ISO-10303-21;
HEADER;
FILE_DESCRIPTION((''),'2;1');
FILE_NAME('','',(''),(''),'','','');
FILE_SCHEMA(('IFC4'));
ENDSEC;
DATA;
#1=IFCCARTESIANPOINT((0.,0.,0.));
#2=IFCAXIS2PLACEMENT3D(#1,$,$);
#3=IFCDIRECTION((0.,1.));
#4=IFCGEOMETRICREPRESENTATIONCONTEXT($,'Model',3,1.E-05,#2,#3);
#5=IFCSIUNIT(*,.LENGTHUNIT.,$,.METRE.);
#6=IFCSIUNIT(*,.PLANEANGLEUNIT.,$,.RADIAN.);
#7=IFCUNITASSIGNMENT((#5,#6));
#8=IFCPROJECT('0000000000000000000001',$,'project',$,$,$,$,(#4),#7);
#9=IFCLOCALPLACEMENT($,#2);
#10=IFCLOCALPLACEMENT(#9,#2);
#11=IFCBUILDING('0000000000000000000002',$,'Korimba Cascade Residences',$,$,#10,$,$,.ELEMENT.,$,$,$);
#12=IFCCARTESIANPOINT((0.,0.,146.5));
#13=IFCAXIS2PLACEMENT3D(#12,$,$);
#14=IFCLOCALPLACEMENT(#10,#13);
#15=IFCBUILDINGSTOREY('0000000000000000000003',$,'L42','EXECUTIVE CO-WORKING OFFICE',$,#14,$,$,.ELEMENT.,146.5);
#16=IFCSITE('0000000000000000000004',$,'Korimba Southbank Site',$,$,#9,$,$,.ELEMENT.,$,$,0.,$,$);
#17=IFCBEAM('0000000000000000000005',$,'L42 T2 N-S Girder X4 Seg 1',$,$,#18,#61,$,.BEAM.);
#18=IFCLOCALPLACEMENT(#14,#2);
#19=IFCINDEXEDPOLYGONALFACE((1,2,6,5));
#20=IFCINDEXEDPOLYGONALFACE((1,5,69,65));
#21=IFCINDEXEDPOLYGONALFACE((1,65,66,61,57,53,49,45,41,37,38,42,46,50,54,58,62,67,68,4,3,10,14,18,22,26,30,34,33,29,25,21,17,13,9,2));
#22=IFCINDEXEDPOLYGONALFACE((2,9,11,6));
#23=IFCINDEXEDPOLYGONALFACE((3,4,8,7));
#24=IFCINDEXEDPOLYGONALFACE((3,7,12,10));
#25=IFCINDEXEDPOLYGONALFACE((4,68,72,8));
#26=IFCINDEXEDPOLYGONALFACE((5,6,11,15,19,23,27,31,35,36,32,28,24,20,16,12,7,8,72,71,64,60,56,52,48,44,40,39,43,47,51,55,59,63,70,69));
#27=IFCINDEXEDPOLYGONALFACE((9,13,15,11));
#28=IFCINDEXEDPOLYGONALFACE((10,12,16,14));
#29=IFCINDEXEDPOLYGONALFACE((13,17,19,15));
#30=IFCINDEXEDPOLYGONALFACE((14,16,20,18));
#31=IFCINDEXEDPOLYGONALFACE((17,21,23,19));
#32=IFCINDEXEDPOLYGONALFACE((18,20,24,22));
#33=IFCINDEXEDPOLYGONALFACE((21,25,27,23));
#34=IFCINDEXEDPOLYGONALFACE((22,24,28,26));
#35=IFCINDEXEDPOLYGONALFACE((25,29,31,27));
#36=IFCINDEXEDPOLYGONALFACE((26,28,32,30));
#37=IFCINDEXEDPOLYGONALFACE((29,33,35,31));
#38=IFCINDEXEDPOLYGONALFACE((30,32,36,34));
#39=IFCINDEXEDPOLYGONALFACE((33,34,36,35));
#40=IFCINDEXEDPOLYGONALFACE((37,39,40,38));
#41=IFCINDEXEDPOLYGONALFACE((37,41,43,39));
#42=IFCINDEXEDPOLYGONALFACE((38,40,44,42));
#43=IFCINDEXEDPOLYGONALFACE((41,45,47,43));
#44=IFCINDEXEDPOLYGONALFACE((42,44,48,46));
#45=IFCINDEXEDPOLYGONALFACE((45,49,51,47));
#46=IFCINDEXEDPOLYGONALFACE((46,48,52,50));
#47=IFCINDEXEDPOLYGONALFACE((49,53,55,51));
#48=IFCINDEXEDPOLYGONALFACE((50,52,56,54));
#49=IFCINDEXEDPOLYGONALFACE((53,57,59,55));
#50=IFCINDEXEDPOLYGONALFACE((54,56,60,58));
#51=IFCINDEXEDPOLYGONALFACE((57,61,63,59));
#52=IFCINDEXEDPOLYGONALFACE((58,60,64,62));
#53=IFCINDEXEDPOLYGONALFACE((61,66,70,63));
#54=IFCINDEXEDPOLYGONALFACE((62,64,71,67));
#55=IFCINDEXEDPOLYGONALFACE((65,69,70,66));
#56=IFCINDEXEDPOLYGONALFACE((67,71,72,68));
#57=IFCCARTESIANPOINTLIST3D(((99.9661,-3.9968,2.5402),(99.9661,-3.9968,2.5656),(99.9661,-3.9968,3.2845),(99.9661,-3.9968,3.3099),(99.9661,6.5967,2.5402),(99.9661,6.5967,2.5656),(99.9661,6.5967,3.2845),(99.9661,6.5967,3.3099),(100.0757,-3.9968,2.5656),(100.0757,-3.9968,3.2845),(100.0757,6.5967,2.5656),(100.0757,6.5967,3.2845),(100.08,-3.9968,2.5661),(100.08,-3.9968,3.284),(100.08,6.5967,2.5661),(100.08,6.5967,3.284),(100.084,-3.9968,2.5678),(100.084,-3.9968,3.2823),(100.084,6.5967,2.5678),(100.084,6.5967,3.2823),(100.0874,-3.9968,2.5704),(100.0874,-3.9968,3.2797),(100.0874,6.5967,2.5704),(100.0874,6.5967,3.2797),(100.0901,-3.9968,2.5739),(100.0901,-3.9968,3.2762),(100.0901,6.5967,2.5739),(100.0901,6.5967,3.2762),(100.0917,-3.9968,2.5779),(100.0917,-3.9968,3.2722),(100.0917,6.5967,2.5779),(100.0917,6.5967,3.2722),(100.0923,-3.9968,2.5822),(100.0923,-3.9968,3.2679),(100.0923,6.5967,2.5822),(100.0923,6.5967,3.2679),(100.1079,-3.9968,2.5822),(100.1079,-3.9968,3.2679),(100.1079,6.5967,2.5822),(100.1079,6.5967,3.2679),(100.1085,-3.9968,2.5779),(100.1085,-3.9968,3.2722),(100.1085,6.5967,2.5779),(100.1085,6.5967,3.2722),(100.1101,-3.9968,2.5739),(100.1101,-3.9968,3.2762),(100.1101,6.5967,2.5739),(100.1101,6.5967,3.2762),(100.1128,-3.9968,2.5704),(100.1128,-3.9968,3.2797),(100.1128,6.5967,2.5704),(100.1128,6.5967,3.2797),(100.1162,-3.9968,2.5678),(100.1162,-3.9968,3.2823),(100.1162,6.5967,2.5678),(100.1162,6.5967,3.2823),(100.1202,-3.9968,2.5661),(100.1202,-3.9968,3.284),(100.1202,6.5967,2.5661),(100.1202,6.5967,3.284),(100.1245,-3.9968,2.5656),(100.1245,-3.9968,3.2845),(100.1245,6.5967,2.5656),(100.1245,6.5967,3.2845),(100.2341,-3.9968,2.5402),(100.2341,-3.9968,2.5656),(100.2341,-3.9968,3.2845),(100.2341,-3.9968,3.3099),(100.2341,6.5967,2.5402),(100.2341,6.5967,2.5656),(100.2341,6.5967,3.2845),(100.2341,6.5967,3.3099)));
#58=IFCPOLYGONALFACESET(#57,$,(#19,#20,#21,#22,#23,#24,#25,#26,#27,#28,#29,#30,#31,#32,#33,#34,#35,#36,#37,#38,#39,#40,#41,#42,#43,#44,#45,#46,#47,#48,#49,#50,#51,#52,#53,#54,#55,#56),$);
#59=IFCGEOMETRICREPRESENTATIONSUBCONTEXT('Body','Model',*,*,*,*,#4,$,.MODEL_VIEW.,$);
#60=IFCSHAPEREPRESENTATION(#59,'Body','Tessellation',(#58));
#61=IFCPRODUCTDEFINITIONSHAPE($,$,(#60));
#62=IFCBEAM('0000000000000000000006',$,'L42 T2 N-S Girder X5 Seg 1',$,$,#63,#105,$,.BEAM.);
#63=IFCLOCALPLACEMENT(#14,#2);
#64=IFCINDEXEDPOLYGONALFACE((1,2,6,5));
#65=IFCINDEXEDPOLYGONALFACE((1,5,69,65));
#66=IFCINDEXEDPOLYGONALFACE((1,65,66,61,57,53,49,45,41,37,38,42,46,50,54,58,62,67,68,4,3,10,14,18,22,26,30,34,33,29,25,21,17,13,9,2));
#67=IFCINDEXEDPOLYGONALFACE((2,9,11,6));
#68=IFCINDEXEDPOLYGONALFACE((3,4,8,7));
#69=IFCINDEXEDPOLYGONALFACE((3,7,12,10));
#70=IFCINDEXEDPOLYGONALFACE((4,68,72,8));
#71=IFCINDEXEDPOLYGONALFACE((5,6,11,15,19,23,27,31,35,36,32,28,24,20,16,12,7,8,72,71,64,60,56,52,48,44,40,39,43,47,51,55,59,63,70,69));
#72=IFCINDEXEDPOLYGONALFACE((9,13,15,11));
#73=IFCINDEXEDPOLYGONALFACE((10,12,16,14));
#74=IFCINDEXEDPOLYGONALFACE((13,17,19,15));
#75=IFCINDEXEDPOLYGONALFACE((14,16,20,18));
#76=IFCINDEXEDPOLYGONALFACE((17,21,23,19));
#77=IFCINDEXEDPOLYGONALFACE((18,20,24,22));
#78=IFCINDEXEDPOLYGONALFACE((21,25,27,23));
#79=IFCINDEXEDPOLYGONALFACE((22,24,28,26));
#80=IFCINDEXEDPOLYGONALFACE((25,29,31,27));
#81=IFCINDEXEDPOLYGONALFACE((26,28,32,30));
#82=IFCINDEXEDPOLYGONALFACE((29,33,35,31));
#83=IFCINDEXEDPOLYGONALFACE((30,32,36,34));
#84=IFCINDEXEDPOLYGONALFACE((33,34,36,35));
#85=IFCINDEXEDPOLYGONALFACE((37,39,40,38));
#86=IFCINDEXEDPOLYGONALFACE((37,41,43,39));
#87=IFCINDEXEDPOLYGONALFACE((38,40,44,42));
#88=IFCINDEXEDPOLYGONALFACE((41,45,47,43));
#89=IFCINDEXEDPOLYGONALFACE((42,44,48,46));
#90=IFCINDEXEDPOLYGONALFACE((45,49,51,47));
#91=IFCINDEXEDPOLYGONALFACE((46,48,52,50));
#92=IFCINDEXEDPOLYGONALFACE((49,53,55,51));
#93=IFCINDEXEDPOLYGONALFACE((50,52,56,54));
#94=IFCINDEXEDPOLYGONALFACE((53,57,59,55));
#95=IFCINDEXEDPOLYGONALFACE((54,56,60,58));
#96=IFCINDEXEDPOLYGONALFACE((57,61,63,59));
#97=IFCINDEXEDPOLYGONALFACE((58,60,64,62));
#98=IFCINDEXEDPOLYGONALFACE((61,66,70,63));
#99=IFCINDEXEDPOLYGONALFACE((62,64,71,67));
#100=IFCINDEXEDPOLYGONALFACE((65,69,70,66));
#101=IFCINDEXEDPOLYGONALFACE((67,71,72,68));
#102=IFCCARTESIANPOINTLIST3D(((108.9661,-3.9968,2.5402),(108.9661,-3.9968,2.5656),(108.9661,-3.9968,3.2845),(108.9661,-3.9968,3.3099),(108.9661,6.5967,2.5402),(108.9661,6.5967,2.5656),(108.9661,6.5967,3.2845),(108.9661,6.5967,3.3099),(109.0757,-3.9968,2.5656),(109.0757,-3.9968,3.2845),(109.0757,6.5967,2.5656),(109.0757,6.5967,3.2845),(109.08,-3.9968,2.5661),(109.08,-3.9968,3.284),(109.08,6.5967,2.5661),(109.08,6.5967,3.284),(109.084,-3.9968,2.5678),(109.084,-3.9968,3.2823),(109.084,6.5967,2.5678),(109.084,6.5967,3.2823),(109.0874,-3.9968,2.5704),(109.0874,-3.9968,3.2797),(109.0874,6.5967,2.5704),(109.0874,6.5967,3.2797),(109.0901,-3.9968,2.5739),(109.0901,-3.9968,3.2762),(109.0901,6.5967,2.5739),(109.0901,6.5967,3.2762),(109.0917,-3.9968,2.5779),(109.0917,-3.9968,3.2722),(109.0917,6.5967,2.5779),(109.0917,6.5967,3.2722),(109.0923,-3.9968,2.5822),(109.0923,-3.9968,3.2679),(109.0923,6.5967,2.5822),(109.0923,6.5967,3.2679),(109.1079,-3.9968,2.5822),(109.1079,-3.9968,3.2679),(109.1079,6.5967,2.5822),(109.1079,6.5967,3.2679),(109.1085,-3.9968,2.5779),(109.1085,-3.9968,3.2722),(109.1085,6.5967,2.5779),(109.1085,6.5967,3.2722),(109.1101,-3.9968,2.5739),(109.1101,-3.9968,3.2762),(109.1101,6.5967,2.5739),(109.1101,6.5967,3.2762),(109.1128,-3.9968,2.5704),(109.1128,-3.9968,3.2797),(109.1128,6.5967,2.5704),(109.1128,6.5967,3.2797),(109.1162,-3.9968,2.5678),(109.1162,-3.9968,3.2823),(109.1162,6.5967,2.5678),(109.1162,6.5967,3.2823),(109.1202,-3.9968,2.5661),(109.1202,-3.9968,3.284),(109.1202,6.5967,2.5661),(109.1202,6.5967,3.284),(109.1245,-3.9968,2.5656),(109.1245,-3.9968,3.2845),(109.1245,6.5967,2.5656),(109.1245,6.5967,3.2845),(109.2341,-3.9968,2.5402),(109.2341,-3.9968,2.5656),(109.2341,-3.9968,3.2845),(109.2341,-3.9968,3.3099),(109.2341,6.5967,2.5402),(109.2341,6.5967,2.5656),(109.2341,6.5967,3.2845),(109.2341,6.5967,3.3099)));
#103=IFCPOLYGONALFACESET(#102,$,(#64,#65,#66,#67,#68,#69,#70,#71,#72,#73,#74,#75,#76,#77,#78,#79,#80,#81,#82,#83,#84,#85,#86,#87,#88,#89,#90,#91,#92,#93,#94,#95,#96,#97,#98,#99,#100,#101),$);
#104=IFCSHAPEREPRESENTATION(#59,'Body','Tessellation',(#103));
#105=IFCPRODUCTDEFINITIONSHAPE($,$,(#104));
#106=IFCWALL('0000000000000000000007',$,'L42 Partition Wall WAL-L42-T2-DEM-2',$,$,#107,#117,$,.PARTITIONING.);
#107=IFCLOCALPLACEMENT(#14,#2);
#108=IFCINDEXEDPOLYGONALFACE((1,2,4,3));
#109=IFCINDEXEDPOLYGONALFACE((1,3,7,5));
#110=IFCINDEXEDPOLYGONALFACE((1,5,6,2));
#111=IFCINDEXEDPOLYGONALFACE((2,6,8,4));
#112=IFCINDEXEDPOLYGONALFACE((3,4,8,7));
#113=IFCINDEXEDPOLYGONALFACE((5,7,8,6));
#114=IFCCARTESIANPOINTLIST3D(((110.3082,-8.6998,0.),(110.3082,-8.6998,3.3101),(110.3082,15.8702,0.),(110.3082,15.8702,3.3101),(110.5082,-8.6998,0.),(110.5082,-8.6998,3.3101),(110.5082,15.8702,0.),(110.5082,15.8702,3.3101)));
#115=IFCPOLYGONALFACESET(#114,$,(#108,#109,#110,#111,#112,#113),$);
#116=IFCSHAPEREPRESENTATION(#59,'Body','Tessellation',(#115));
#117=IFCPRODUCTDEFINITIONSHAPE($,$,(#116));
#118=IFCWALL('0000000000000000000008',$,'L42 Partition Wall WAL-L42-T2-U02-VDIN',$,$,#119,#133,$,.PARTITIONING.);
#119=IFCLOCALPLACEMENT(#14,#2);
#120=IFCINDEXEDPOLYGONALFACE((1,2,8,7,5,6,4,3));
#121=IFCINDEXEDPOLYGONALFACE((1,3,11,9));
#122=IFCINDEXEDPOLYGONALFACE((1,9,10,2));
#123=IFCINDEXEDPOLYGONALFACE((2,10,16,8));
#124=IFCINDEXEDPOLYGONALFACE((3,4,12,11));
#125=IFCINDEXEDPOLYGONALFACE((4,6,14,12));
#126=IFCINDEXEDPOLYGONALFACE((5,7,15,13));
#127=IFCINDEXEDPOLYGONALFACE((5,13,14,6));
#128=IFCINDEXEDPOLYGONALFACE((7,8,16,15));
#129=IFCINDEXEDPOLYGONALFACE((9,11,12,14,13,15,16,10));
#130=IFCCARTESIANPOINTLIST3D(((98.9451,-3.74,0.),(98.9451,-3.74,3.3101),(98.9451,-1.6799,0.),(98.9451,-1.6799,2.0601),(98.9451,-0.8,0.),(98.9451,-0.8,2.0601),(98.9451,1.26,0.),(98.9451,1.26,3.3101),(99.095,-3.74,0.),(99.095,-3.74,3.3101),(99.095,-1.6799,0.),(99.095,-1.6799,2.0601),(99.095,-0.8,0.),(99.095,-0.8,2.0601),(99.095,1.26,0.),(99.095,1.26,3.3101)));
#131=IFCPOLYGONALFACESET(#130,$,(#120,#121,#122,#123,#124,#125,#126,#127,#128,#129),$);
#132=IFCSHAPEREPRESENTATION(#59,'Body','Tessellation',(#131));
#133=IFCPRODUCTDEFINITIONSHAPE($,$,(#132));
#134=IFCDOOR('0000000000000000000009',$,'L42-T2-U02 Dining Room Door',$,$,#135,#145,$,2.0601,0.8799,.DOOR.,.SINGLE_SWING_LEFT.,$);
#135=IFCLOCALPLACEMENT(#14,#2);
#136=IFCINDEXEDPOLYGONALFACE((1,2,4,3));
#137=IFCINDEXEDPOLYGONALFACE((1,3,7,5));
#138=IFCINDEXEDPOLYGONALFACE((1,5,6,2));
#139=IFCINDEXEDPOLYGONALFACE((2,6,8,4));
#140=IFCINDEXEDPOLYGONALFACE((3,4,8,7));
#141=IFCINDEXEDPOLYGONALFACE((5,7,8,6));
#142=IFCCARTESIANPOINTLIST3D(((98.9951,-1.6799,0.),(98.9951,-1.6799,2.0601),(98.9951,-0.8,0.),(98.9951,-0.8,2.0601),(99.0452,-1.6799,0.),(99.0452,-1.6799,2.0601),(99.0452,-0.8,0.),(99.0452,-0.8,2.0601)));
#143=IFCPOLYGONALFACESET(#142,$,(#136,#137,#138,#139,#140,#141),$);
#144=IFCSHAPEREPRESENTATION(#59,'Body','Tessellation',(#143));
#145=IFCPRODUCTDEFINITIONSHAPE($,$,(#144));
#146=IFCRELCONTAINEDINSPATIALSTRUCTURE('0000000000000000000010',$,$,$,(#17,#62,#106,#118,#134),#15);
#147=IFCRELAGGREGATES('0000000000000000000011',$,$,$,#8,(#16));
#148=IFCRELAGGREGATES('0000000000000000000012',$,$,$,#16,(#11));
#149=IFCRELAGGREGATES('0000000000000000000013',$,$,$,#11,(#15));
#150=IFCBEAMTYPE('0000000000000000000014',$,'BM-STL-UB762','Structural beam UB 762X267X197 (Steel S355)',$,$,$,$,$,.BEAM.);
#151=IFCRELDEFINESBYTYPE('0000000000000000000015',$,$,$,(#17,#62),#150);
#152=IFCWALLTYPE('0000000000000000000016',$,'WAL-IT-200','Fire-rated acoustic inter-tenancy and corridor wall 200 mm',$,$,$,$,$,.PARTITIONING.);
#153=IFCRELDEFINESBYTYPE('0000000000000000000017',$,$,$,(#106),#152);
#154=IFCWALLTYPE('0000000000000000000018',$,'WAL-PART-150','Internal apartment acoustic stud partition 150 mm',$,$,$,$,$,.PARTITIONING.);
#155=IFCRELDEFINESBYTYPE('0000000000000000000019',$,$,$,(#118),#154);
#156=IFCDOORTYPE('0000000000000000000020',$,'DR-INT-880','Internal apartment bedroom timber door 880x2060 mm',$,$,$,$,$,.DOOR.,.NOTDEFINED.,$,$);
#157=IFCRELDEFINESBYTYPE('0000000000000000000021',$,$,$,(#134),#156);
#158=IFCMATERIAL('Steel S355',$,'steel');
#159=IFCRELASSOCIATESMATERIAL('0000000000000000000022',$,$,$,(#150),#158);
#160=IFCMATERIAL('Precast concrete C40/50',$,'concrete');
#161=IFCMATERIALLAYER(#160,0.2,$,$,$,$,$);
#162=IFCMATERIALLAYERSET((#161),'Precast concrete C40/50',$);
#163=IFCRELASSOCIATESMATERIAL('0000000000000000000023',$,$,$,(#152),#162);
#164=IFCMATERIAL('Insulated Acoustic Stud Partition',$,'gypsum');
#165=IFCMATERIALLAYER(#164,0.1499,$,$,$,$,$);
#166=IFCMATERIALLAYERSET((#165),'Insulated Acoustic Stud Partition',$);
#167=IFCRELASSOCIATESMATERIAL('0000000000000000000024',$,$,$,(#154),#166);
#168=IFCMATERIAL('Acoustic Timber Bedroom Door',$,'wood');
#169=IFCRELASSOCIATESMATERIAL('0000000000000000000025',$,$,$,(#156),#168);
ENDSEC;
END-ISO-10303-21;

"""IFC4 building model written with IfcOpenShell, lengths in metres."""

from ifc_helpers import new_model, si_unit, direction, frame, frame_2d, origin, origin_2d, place, context, subcontext, project, spatial, rectangle, i_section, extrude, material, layer, layer_set, material_profile, profile_set, type_object, element, fill, save


model = new_model("IFC4")

# Units and contexts
model_context = context("Model", 3, precision=1e-05, world=origin(), true_north=direction((0.0, 1.0)))
body_context = subcontext(model_context, "Body", "Model", "MODEL_VIEW")
ifc_project = project(units=[si_unit("LENGTHUNIT", "METRE"), si_unit("PLANEANGLEUNIT", "RADIAN")], contexts=[model_context])

# Site, building, storey
site_placement = place(None, origin())
site = spatial("IfcSite", under=ifc_project, at=site_placement, Name="Korimba Southbank Site", CompositionType="ELEMENT", RefElevation=0.0)
building_placement = place(site_placement, origin())
building = spatial("IfcBuilding", under=site, at=building_placement, Name="Korimba Cascade Residences", CompositionType="ELEMENT")
storey_placement = place(building_placement, frame((0.0, 0.0, 146.5)))
storey = spatial("IfcBuildingStorey", under=building, at=storey_placement, Name="L42", Description="EXECUTIVE CO-WORKING OFFICE", CompositionType="ELEMENT", Elevation=146.5)

# Beams
ifc_material_1 = material(Name="Steel S355", Category="steel")
ifc_material_profile_1 = material_profile(ifc_material_1, i_section(OverallWidth=0.2681, OverallDepth=0.7698, WebThickness=0.0156, FlangeThickness=0.0254, FilletRadius=0.0166, at=origin_2d()), Name="Steel S355")
ifc_profile_set_1 = profile_set([ifc_material_profile_1], Name="Steel S355")
beam_type_1 = type_object("IfcBeamType", Name="BM-STL-UB762", Description="Structural beam UB 762X267X197 (Steel S355)", PredefinedType="BEAM", material=ifc_profile_set_1)
for number, where, z_axis, x_axis, name in (
    (1, (100.1001, -3.9968, 2.925), (0.0, 1.0, 0.0), (-1.0, 0.0, 0.0), "L42 T2 N-S Girder X4 Seg 1"),
    (2, (109.1001, -3.9968, 2.925), (0.0, 1.0, 0.0), (-1.0, 0.0, 0.0), "L42 T2 N-S Girder X5 Seg 1"),
):
    element("IfcBeam", number, at=place(storey_placement, frame(where, z_axis=z_axis, x_axis=x_axis)), inside=storey, type_object=beam_type_1, Name=name, PredefinedType="BEAM", context=body_context, shape_type="SweptSolid", body=[
        extrude(i_section(OverallWidth=0.2681, OverallDepth=0.7698, WebThickness=0.0156, FlangeThickness=0.0254, FilletRadius=0.0166, at=origin_2d()), origin(), (0.0, 0.0, 1.0), 10.5935),
    ])

# Wall
ifc_material_2 = material(Name="Precast concrete C40/50", Category="concrete")
ifc_layer_1 = layer(ifc_material_2, 0.2)
ifc_layer_set_1 = layer_set([ifc_layer_1], Name="Precast concrete C40/50")
wall_type_1 = type_object("IfcWallType", Name="WAL-IT-200", Description="Fire-rated acoustic inter-tenancy and corridor wall 200 mm", PredefinedType="PARTITIONING", material=ifc_layer_set_1)
wall_1_placement = place(storey_placement, frame((110.4082, -8.7, 0.0), z_axis=(0.0, 0.0, 1.0), x_axis=(0.0, 1.0, 0.0)))
element("IfcWall", 3, at=wall_1_placement, inside=storey, type_object=wall_type_1, Name="L42 Partition Wall WAL-L42-T2-DEM-2", PredefinedType="PARTITIONING", context=body_context, shape_type="SweptSolid", body=[
    extrude(rectangle(XDim=24.5701, YDim=0.2, at=frame_2d((12.2852, 0.0))), origin(), (0.0, 0.0, 1.0), 3.3101),
])

# Wall, opening, door
ifc_material_3 = material(Name="Insulated Acoustic Stud Partition", Category="gypsum")
ifc_layer_2 = layer(ifc_material_3, 0.1499)
ifc_layer_set_2 = layer_set([ifc_layer_2], Name="Insulated Acoustic Stud Partition")
wall_type_2 = type_object("IfcWallType", Name="WAL-PART-150", Description="Internal apartment acoustic stud partition 150 mm", PredefinedType="PARTITIONING", material=ifc_layer_set_2)
wall_2_placement = place(storey_placement, frame((99.02, -3.74, 0.0), z_axis=(0.0, 0.0, 1.0), x_axis=(0.0, 1.0, 0.0)))
wall_2 = element("IfcWall", 4, at=wall_2_placement, inside=storey, type_object=wall_type_2, Name="L42 Partition Wall WAL-L42-T2-U02-VDIN", PredefinedType="PARTITIONING", context=body_context, shape_type="SweptSolid", body=[
    extrude(rectangle(XDim=5.0, YDim=0.1499, at=frame_2d((2.5, 0.0))), origin(), (0.0, 0.0, 1.0), 3.3101),
])
opening_1_placement = place(wall_2_placement, frame((2.0601, 0.0, 0.0)))
opening_1 = element("IfcOpeningElement", 5, at=opening_1_placement, cuts=wall_2, PredefinedType="OPENING", context=body_context, shape_type="SweptSolid", body=[
    extrude(rectangle(XDim=0.8799, YDim=2.0601, at=frame_2d((0.4399, 1.03))), frame((0.0, 0.085, 0.0), z_axis=(0.0, -1.0, 0.0), x_axis=(1.0, 0.0, 0.0)), (0.0, 0.0, 1.0), 0.1699),
])
ifc_material_4 = material(Name="Acoustic Timber Bedroom Door", Category="wood")
door_type_1 = type_object("IfcDoorType", Name="DR-INT-880", Description="Internal apartment bedroom timber door 880x2060 mm", OperationType="NOTDEFINED", PredefinedType="DOOR", material=ifc_material_4)
door_1_placement = place(opening_1_placement, origin())
door_1 = element("IfcDoor", 6, at=door_1_placement, inside=storey, type_object=door_type_1, Name="L42-T2-U02 Dining Room Door", OperationType="SINGLE_SWING_LEFT", OverallHeight=2.0601, OverallWidth=0.8799, PredefinedType="DOOR", context=body_context, shape_type="SweptSolid", body=[
    extrude(rectangle(XDim=0.8799, YDim=2.0601, at=frame_2d((0.4399, 1.03))), frame((0.0, 0.0249, 0.0), z_axis=(0.0, -1.0, 0.0), x_axis=(1.0, 0.0, 0.0)), (0.0, 0.0, 1.0), 0.05),
])
fill(opening_1, door_1)

save(model, "model.ifc")
